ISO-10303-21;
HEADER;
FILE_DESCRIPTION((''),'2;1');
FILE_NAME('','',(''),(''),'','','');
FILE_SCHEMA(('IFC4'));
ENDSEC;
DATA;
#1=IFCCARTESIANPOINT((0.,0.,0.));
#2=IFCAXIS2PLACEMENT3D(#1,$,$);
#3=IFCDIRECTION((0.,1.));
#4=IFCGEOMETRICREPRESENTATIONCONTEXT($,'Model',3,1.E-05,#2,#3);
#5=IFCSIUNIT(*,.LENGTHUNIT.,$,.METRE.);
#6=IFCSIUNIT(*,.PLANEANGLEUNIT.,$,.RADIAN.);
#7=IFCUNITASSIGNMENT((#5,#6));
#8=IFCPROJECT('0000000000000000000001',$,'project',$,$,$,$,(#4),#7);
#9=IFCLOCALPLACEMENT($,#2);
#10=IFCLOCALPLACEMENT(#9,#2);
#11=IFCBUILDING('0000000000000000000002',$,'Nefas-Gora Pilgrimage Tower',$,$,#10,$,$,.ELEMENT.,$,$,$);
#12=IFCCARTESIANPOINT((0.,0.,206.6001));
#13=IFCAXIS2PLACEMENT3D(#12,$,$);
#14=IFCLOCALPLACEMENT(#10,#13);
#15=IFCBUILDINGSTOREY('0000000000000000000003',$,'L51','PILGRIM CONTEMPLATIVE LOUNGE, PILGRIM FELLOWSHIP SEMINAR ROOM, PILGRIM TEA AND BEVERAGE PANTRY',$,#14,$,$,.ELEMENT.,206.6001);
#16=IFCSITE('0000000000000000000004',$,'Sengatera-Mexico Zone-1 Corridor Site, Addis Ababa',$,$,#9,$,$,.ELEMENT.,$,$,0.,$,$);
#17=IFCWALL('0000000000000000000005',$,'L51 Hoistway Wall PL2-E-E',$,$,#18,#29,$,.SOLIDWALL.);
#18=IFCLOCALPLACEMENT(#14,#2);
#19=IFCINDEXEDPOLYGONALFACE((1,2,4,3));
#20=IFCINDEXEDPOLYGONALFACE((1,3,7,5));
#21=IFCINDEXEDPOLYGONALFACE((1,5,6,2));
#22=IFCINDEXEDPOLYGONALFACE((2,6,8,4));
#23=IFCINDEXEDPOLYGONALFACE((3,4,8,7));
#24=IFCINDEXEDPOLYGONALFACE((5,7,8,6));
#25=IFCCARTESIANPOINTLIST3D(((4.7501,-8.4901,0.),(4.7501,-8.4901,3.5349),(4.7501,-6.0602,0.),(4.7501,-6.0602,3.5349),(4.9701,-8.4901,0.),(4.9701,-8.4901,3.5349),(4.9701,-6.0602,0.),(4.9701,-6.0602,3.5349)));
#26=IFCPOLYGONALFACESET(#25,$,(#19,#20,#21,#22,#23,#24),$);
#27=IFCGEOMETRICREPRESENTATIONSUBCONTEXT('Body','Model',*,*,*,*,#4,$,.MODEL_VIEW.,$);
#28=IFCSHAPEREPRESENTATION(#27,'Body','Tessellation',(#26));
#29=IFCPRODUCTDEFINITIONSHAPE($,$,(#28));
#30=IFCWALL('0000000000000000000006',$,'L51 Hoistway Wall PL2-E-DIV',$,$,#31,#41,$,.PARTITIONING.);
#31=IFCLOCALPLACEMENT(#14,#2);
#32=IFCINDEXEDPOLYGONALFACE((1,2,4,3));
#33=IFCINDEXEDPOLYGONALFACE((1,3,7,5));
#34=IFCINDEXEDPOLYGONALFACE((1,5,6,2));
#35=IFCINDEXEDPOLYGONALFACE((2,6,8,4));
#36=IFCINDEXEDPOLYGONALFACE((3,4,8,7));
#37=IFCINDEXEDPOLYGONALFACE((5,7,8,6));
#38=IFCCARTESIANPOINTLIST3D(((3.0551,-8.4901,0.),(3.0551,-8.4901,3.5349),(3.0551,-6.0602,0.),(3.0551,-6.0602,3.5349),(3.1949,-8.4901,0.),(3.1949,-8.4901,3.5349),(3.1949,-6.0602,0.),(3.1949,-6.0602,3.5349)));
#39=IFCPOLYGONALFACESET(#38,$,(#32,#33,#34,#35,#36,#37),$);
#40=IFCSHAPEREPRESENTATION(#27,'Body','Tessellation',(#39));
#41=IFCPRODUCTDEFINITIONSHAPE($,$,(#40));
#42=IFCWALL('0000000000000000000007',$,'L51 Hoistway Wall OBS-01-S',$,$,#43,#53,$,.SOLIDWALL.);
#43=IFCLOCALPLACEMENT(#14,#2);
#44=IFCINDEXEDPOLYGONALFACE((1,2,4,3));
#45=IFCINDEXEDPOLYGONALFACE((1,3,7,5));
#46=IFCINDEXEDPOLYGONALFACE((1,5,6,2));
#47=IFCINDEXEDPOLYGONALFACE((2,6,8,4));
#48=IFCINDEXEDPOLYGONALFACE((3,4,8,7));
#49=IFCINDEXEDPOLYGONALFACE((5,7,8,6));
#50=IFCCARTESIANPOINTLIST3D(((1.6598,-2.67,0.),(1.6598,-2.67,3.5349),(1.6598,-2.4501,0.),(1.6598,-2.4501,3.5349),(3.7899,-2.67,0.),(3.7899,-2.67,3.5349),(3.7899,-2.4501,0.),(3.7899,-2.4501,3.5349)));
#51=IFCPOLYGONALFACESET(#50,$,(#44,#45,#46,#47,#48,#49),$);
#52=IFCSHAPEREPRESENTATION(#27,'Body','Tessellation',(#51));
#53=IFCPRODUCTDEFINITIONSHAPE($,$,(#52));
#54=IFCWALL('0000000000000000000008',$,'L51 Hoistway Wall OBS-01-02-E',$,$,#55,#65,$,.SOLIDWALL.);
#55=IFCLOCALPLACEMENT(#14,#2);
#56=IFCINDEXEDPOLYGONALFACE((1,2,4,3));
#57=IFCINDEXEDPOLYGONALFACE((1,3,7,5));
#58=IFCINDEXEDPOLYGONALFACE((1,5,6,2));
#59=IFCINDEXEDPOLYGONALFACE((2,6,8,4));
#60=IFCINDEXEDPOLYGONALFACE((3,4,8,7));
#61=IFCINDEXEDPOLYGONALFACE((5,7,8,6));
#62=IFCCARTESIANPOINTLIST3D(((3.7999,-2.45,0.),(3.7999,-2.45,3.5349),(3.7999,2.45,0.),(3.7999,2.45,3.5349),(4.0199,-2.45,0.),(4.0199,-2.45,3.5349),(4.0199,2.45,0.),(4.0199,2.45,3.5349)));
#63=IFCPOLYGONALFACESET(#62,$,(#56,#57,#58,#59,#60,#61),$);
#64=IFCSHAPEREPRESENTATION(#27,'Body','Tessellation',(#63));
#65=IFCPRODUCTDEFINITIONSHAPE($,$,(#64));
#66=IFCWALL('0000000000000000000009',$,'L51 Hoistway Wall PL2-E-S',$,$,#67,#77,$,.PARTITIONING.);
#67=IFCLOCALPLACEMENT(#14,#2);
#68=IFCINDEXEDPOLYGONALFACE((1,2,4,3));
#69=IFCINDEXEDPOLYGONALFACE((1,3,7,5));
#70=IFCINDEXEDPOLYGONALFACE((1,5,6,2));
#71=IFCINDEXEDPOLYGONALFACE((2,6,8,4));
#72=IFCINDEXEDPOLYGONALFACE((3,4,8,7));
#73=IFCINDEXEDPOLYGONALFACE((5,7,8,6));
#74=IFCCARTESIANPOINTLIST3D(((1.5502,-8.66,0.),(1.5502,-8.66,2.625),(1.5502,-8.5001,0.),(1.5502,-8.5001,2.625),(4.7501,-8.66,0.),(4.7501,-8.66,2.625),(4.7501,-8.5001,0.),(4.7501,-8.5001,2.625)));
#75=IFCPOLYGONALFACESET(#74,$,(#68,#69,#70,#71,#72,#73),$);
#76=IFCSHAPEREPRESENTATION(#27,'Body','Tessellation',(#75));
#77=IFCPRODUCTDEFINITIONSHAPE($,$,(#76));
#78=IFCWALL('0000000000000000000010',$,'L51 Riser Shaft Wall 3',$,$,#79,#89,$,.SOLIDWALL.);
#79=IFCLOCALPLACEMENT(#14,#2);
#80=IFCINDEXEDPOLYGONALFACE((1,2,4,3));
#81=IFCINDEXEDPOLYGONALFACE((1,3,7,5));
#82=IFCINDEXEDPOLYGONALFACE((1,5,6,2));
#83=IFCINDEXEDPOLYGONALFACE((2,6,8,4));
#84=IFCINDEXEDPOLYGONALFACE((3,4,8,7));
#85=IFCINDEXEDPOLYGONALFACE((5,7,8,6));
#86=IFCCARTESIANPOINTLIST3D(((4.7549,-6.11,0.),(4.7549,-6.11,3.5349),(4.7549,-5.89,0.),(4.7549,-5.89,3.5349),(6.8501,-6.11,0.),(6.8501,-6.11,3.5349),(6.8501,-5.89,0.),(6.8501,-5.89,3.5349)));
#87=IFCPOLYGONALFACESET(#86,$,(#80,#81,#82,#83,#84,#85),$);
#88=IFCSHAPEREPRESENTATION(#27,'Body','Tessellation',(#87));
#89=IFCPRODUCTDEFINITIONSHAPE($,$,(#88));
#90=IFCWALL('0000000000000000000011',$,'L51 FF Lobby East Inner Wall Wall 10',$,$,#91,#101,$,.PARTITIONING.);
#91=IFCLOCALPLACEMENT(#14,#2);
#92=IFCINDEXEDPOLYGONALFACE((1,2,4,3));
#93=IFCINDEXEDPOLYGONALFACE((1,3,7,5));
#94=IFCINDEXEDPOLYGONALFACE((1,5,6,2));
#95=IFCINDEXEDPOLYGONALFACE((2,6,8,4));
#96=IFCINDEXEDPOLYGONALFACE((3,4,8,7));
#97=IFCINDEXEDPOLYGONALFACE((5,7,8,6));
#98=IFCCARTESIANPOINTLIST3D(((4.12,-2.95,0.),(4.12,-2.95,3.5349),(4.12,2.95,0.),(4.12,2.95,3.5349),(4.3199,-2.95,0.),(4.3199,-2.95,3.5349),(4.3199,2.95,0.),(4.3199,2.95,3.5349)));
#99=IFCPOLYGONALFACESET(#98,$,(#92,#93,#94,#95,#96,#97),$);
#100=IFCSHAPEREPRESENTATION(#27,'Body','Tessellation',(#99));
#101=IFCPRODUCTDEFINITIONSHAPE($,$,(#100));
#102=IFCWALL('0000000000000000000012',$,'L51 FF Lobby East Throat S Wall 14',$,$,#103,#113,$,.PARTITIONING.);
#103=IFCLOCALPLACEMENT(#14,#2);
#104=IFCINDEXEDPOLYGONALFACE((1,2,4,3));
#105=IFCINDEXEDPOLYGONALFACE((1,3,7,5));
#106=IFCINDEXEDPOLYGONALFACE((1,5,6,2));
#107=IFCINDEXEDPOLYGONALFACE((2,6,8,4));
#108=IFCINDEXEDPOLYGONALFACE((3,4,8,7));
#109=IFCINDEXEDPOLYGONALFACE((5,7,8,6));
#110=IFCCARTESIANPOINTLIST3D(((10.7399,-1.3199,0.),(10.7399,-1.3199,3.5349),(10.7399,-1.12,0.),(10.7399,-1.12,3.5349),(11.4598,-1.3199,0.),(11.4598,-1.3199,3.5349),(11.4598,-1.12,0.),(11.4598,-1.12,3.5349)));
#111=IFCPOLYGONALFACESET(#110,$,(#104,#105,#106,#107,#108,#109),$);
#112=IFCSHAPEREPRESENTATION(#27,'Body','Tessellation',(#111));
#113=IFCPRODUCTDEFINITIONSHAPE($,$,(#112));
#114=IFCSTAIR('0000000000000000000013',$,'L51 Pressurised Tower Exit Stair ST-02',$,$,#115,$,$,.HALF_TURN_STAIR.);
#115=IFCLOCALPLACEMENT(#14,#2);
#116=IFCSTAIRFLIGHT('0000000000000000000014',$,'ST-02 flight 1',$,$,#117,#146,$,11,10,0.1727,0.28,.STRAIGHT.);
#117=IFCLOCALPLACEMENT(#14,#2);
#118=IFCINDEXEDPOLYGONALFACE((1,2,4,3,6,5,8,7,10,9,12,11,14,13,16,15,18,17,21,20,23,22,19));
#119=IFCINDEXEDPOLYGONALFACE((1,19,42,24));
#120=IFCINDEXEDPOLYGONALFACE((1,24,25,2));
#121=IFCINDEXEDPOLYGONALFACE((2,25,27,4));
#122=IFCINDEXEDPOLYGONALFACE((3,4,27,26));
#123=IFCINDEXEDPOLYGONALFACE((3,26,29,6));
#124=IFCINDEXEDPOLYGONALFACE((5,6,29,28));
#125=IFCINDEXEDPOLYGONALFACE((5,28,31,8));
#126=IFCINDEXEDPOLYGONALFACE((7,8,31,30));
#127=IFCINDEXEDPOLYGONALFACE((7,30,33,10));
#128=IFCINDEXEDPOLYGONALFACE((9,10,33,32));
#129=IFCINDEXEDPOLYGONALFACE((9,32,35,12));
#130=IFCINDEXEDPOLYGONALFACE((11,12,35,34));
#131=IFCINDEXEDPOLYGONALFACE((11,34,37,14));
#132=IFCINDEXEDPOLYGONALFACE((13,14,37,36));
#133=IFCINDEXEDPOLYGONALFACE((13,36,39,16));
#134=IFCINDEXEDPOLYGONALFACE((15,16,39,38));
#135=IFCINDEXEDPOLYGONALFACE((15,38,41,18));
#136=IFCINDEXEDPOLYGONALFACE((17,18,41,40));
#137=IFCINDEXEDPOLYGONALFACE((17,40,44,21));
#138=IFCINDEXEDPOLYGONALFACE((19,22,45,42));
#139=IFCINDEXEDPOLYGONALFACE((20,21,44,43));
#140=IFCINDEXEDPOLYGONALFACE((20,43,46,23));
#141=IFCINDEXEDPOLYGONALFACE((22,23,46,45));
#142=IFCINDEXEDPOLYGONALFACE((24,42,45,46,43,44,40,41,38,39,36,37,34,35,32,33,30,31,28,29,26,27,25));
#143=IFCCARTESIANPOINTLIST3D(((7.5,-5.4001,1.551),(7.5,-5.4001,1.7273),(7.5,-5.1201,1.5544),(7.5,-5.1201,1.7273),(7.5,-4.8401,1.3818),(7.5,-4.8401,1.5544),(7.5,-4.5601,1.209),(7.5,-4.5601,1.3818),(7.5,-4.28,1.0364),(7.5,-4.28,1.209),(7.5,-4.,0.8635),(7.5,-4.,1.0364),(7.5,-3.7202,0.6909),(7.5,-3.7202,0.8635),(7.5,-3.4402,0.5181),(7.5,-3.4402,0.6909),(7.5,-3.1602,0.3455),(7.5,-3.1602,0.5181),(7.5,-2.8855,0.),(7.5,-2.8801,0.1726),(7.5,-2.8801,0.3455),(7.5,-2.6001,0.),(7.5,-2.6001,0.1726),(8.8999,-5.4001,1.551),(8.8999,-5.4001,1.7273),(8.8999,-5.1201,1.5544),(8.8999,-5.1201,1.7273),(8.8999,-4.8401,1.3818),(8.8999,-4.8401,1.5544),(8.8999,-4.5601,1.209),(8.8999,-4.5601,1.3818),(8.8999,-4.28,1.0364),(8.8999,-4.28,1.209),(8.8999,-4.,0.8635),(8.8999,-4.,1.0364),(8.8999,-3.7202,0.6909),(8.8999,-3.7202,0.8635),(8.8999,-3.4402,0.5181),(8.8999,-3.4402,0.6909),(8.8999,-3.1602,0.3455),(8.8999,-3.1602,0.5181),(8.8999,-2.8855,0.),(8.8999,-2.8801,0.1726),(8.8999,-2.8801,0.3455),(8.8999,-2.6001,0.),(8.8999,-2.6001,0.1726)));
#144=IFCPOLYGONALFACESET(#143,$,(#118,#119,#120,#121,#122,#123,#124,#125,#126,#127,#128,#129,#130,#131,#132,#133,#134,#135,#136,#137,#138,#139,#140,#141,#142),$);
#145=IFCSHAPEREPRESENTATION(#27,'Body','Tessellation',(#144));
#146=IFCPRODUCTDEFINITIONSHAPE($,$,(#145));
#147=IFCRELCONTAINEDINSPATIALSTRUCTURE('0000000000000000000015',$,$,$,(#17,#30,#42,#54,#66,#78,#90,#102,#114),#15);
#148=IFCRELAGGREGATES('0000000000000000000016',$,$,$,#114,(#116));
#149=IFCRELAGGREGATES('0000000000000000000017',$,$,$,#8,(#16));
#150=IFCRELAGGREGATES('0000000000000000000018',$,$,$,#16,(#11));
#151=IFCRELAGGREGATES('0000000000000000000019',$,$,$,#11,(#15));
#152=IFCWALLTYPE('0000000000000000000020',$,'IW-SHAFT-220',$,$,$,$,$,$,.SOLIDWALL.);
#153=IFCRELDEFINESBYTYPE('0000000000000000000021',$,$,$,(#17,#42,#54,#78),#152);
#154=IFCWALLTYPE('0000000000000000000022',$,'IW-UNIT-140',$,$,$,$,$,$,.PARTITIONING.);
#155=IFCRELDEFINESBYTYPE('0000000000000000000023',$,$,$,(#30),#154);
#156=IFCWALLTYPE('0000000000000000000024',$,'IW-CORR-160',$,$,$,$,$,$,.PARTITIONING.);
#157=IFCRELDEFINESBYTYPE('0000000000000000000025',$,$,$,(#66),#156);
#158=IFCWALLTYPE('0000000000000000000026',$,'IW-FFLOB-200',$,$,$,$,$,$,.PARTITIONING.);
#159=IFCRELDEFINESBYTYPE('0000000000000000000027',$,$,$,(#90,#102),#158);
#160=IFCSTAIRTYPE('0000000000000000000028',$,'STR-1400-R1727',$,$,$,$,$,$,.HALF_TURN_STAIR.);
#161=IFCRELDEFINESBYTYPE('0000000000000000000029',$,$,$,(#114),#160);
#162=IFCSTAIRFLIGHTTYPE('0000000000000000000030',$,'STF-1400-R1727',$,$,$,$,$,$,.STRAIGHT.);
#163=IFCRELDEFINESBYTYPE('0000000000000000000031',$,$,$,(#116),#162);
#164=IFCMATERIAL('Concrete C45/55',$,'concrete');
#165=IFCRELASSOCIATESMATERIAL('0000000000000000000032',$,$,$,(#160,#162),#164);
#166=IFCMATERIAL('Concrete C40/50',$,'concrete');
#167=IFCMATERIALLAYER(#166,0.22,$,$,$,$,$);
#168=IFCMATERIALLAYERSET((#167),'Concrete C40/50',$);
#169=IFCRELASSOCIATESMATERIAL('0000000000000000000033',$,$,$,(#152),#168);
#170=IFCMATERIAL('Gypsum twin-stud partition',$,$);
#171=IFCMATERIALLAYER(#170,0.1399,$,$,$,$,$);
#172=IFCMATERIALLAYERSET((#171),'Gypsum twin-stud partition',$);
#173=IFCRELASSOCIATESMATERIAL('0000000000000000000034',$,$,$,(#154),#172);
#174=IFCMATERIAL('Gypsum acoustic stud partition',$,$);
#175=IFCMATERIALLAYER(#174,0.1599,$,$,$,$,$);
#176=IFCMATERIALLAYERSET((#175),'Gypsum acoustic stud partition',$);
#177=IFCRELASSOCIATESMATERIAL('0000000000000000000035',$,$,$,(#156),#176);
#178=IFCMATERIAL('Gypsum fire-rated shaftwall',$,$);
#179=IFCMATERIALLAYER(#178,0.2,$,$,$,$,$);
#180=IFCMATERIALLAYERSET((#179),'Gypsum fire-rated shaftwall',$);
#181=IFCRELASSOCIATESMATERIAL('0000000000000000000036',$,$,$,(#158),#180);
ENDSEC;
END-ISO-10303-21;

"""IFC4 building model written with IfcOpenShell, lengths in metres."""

from ifc_helpers import new_model, si_unit, direction, frame, frame_2d, origin, place, context, subcontext, project, spatial, polyline, rectangle, outline, extrude, source, transform, mapped, material, layer, layer_set, type_object, element, aggregate, save


model = new_model("IFC4")

# Units and contexts
model_context = context("Model", 3, precision=1e-05, world=origin(), true_north=direction((0.0, 1.0)))
body_context = subcontext(model_context, "Body", "Model", "MODEL_VIEW")
ifc_project = project(units=[si_unit("LENGTHUNIT", "METRE"), si_unit("PLANEANGLEUNIT", "RADIAN")], contexts=[model_context])

# Site, building, storey
site_placement = place(None, origin())
site = spatial("IfcSite", under=ifc_project, at=site_placement, Name="Sengatera-Mexico Zone-1 Corridor Site, Addis Ababa", CompositionType="ELEMENT", RefElevation=0.0)
building_placement = place(site_placement, origin())
building = spatial("IfcBuilding", under=site, at=building_placement, Name="Nefas-Gora Pilgrimage Tower", CompositionType="ELEMENT")
storey_placement = place(building_placement, frame((0.0, 0.0, 206.6001)))
storey = spatial("IfcBuildingStorey", under=building, at=storey_placement, Name="L51", Description="PILGRIM CONTEMPLATIVE LOUNGE, PILGRIM FELLOWSHIP SEMINAR ROOM, PILGRIM TEA AND BEVERAGE PANTRY", CompositionType="ELEMENT", Elevation=206.6001)

# Shared definitions
ifc_material_1 = material(Name="Concrete C45/55", Category="concrete")
ifc_material_2 = material(Name="Concrete C40/50", Category="concrete")

# Shared definitions
stair_type = type_object("IfcStairType", Name="STR-1400-R1727", PredefinedType="HALF_TURN_STAIR", material=ifc_material_1)

# Shared definitions
ifc_layer_1 = layer(ifc_material_2, 0.22)
ifc_layer_set_1 = layer_set([ifc_layer_1], Name="Concrete C40/50")
wall_type_1 = type_object("IfcWallType", Name="IW-SHAFT-220", PredefinedType="SOLIDWALL", material=ifc_layer_set_1)

# Walls
shared_shape_1 = source(origin(), body_context, "Body", "SweptSolid", [
    extrude(rectangle(XDim=2.4299, YDim=0.22, at=frame_2d((1.2148, 0.0))), origin(), (0.0, 0.0, 1.0), 3.5349),
])
for number, where, z_axis, x_axis, name in (
    (1, (4.8601, -8.49, 0.0), (0.0, 0.0, 1.0), (0.0, 1.0, 0.0), "L51 Hoistway Wall PL2-E-E"),
):
    element("IfcWall", number, at=place(storey_placement, frame(where, z_axis=z_axis, x_axis=x_axis)), inside=storey, type_object=wall_type_1, Name=name, PredefinedType="SOLIDWALL", context=body_context, shape_type="MappedRepresentation", body=[
        mapped(shared_shape_1, transform((0.0, 0.0, 0.0), x_axis=(1.0, 0.0, 0.0), y_axis=(0.0, 1.0, 0.0), z_axis=(0.0, 0.0, 1.0), scale=1.0)),
    ])
ifc_material_3 = material(Name="Gypsum twin-stud partition")
ifc_layer_2 = layer(ifc_material_3, 0.1399)
ifc_layer_set_2 = layer_set([ifc_layer_2], Name="Gypsum twin-stud partition")
wall_type_2 = type_object("IfcWallType", Name="IW-UNIT-140", PredefinedType="PARTITIONING", material=ifc_layer_set_2)
shared_shape_2 = source(origin(), body_context, "Body", "SweptSolid", [
    extrude(rectangle(XDim=2.4299, YDim=0.1399, at=frame_2d((1.2148, 0.0))), origin(), (0.0, 0.0, 1.0), 3.5349),
])
wall_1_placement = place(storey_placement, frame((3.125, -8.49, 0.0), z_axis=(0.0, 0.0, 1.0), x_axis=(0.0, 1.0, 0.0)))
element("IfcWall", 2, at=wall_1_placement, inside=storey, type_object=wall_type_2, Name="L51 Hoistway Wall PL2-E-DIV", PredefinedType="PARTITIONING", context=body_context, shape_type="MappedRepresentation", body=[
    mapped(shared_shape_2, transform((0.0, 0.0, 0.0), x_axis=(1.0, 0.0, 0.0), y_axis=(0.0, 1.0, 0.0), z_axis=(0.0, 0.0, 1.0), scale=1.0)),
])
shared_shape_3 = source(origin(), body_context, "Body", "SweptSolid", [
    extrude(rectangle(XDim=2.1301, YDim=0.22, at=frame_2d((1.0649, 0.0))), origin(), (0.0, 0.0, 1.0), 3.5349),
])
wall_2_placement = place(storey_placement, frame((1.6599, -2.5601, 0.0), z_axis=(0.0, 0.0, 1.0), x_axis=(1.0, 0.0, 0.0)))
element("IfcWall", 3, at=wall_2_placement, inside=storey, type_object=wall_type_1, Name="L51 Hoistway Wall OBS-01-S", PredefinedType="SOLIDWALL", context=body_context, shape_type="MappedRepresentation", body=[
    mapped(shared_shape_3, transform((0.0, 0.0, 0.0), x_axis=(1.0, 0.0, 0.0), y_axis=(0.0, 1.0, 0.0), z_axis=(0.0, 0.0, 1.0), scale=1.0)),
])
shared_shape_4 = source(origin(), body_context, "Body", "SweptSolid", [
    extrude(rectangle(XDim=4.8999, YDim=0.22, at=frame_2d((2.45, 0.0))), origin(), (0.0, 0.0, 1.0), 3.5349),
])
wall_3_placement = place(storey_placement, frame((3.9099, -2.45, 0.0), z_axis=(0.0, 0.0, 1.0), x_axis=(0.0, 1.0, 0.0)))
element("IfcWall", 4, at=wall_3_placement, inside=storey, type_object=wall_type_1, Name="L51 Hoistway Wall OBS-01-02-E", PredefinedType="SOLIDWALL", context=body_context, shape_type="MappedRepresentation", body=[
    mapped(shared_shape_4, transform((0.0, 0.0, 0.0), x_axis=(1.0, 0.0, 0.0), y_axis=(0.0, 1.0, 0.0), z_axis=(0.0, 0.0, 1.0), scale=1.0)),
])
ifc_material_4 = material(Name="Gypsum acoustic stud partition")
ifc_layer_3 = layer(ifc_material_4, 0.1599)
ifc_layer_set_3 = layer_set([ifc_layer_3], Name="Gypsum acoustic stud partition")
wall_type_3 = type_object("IfcWallType", Name="IW-CORR-160", PredefinedType="PARTITIONING", material=ifc_layer_set_3)
shared_shape_5 = source(origin(), body_context, "Body", "SweptSolid", [
    extrude(rectangle(XDim=3.2, YDim=0.1599, at=frame_2d((1.6001, 0.0))), origin(), (0.0, 0.0, 1.0), 2.625),
])
wall_4_placement = place(storey_placement, frame((1.55, -8.5801, 0.0), z_axis=(0.0, 0.0, 1.0), x_axis=(1.0, 0.0, 0.0)))
element("IfcWall", 5, at=wall_4_placement, inside=storey, type_object=wall_type_3, Name="L51 Hoistway Wall PL2-E-S", PredefinedType="PARTITIONING", context=body_context, shape_type="MappedRepresentation", body=[
    mapped(shared_shape_5, transform((0.0, 0.0, 0.0), x_axis=(1.0, 0.0, 0.0), y_axis=(0.0, 1.0, 0.0), z_axis=(0.0, 0.0, 1.0), scale=1.0)),
])
shared_shape_6 = source(origin(), body_context, "Body", "SweptSolid", [
    extrude(rectangle(XDim=2.0952, YDim=0.22, at=frame_2d((1.0476, 0.0))), origin(), (0.0, 0.0, 1.0), 3.5349),
])
wall_5_placement = place(storey_placement, frame((4.7549, -6.0, 0.0), z_axis=(0.0, 0.0, 1.0), x_axis=(1.0, 0.0, 0.0)))
element("IfcWall", 6, at=wall_5_placement, inside=storey, type_object=wall_type_1, Name="L51 Riser Shaft Wall 3", PredefinedType="SOLIDWALL", context=body_context, shape_type="MappedRepresentation", body=[
    mapped(shared_shape_6, transform((0.0, 0.0, 0.0), x_axis=(1.0, 0.0, 0.0), y_axis=(0.0, 1.0, 0.0), z_axis=(0.0, 0.0, 1.0), scale=1.0)),
])
ifc_material_5 = material(Name="Gypsum fire-rated shaftwall")
ifc_layer_4 = layer(ifc_material_5, 0.2)
ifc_layer_set_4 = layer_set([ifc_layer_4], Name="Gypsum fire-rated shaftwall")
wall_type_4 = type_object("IfcWallType", Name="IW-FFLOB-200", PredefinedType="PARTITIONING", material=ifc_layer_set_4)
shared_shape_7 = source(origin(), body_context, "Body", "SweptSolid", [
    extrude(rectangle(XDim=5.8999, YDim=0.2, at=frame_2d((2.95, 0.0))), origin(), (0.0, 0.0, 1.0), 3.5349),
])
wall_6_placement = place(storey_placement, frame((4.22, -2.95, 0.0), z_axis=(0.0, 0.0, 1.0), x_axis=(0.0, 1.0, 0.0)))
element("IfcWall", 7, at=wall_6_placement, inside=storey, type_object=wall_type_4, Name="L51 FF Lobby East Inner Wall Wall 10", PredefinedType="PARTITIONING", context=body_context, shape_type="MappedRepresentation", body=[
    mapped(shared_shape_7, transform((0.0, 0.0, 0.0), x_axis=(1.0, 0.0, 0.0), y_axis=(0.0, 1.0, 0.0), z_axis=(0.0, 0.0, 1.0), scale=1.0)),
])
shared_shape_8 = source(origin(), body_context, "Body", "SweptSolid", [
    extrude(rectangle(XDim=0.72, YDim=0.2, at=frame_2d((0.3599, 0.0))), origin(), (0.0, 0.0, 1.0), 3.5349),
])
wall_7_placement = place(storey_placement, frame((10.74, -1.22, 0.0), z_axis=(0.0, 0.0, 1.0), x_axis=(1.0, 0.0, 0.0)))
element("IfcWall", 8, at=wall_7_placement, inside=storey, type_object=wall_type_4, Name="L51 FF Lobby East Throat S Wall 14", PredefinedType="PARTITIONING", context=body_context, shape_type="MappedRepresentation", body=[
    mapped(shared_shape_8, transform((0.0, 0.0, 0.0), x_axis=(1.0, 0.0, 0.0), y_axis=(0.0, 1.0, 0.0), z_axis=(0.0, 0.0, 1.0), scale=1.0)),
])

# Stair, stair flight
stair_1_placement = place(storey_placement, origin())
stair_1 = element("IfcStair", 9, at=stair_1_placement, inside=storey, type_object=stair_type, Name="L51 Pressurised Tower Exit Stair ST-02", PredefinedType="HALF_TURN_STAIR")
stair_flight_type = type_object("IfcStairFlightType", Name="STF-1400-R1727", PredefinedType="STRAIGHT", material=ifc_material_1)
shared_shape_9 = source(origin(), body_context, "Body", "SweptSolid", [
    extrude(outline(polyline([(0.0, 0.0), (0.0, 0.1726), (0.28, 0.1726), (0.28, 0.3455), (0.5601, 0.3455), (0.5601, 0.5181), (0.8401, 0.5181), (0.8401, 0.6909), (1.1201, 0.6909), (1.1201, 0.8635), (1.3999, 0.8635), (1.3999, 1.0364), (1.6799, 1.0364), (1.6799, 1.209), (1.96, 1.209), (1.96, 1.3818), (2.24, 1.3818), (2.24, 1.5544), (2.52, 1.5544), (2.52, 1.7273), (2.8, 1.7273), (2.8, 1.8999), (2.8, 1.551), (0.2854, 0.0), (0.0, 0.0)])), frame((0.0, 0.7, 0.0), z_axis=(0.0, -1.0, 0.0), x_axis=(1.0, 0.0, 0.0)), (0.0, 0.0, 1.0), 1.3999),
])
stair_flight_1_placement = place(storey_placement, frame((8.2, -2.6001, 0.0), z_axis=(0.0, 0.0, 1.0), x_axis=(0.0, -1.0, 0.0)))
stair_flight_1 = element("IfcStairFlight", 10, at=stair_flight_1_placement, type_object=stair_flight_type, Name="ST-02 flight 1", NumberOfRisers=11, NumberOfTreads=10, PredefinedType="STRAIGHT", RiserHeight=0.1727, TreadLength=0.28, context=body_context, shape_type="MappedRepresentation", body=[
    mapped(shared_shape_9, transform((0.0, 0.0, 0.0), x_axis=(1.0, 0.0, 0.0), y_axis=(0.0, 1.0, 0.0), z_axis=(0.0, 0.0, 1.0), scale=1.0)),
])
aggregate(stair_1, [stair_flight_1])

save(model, "model.ifc")
